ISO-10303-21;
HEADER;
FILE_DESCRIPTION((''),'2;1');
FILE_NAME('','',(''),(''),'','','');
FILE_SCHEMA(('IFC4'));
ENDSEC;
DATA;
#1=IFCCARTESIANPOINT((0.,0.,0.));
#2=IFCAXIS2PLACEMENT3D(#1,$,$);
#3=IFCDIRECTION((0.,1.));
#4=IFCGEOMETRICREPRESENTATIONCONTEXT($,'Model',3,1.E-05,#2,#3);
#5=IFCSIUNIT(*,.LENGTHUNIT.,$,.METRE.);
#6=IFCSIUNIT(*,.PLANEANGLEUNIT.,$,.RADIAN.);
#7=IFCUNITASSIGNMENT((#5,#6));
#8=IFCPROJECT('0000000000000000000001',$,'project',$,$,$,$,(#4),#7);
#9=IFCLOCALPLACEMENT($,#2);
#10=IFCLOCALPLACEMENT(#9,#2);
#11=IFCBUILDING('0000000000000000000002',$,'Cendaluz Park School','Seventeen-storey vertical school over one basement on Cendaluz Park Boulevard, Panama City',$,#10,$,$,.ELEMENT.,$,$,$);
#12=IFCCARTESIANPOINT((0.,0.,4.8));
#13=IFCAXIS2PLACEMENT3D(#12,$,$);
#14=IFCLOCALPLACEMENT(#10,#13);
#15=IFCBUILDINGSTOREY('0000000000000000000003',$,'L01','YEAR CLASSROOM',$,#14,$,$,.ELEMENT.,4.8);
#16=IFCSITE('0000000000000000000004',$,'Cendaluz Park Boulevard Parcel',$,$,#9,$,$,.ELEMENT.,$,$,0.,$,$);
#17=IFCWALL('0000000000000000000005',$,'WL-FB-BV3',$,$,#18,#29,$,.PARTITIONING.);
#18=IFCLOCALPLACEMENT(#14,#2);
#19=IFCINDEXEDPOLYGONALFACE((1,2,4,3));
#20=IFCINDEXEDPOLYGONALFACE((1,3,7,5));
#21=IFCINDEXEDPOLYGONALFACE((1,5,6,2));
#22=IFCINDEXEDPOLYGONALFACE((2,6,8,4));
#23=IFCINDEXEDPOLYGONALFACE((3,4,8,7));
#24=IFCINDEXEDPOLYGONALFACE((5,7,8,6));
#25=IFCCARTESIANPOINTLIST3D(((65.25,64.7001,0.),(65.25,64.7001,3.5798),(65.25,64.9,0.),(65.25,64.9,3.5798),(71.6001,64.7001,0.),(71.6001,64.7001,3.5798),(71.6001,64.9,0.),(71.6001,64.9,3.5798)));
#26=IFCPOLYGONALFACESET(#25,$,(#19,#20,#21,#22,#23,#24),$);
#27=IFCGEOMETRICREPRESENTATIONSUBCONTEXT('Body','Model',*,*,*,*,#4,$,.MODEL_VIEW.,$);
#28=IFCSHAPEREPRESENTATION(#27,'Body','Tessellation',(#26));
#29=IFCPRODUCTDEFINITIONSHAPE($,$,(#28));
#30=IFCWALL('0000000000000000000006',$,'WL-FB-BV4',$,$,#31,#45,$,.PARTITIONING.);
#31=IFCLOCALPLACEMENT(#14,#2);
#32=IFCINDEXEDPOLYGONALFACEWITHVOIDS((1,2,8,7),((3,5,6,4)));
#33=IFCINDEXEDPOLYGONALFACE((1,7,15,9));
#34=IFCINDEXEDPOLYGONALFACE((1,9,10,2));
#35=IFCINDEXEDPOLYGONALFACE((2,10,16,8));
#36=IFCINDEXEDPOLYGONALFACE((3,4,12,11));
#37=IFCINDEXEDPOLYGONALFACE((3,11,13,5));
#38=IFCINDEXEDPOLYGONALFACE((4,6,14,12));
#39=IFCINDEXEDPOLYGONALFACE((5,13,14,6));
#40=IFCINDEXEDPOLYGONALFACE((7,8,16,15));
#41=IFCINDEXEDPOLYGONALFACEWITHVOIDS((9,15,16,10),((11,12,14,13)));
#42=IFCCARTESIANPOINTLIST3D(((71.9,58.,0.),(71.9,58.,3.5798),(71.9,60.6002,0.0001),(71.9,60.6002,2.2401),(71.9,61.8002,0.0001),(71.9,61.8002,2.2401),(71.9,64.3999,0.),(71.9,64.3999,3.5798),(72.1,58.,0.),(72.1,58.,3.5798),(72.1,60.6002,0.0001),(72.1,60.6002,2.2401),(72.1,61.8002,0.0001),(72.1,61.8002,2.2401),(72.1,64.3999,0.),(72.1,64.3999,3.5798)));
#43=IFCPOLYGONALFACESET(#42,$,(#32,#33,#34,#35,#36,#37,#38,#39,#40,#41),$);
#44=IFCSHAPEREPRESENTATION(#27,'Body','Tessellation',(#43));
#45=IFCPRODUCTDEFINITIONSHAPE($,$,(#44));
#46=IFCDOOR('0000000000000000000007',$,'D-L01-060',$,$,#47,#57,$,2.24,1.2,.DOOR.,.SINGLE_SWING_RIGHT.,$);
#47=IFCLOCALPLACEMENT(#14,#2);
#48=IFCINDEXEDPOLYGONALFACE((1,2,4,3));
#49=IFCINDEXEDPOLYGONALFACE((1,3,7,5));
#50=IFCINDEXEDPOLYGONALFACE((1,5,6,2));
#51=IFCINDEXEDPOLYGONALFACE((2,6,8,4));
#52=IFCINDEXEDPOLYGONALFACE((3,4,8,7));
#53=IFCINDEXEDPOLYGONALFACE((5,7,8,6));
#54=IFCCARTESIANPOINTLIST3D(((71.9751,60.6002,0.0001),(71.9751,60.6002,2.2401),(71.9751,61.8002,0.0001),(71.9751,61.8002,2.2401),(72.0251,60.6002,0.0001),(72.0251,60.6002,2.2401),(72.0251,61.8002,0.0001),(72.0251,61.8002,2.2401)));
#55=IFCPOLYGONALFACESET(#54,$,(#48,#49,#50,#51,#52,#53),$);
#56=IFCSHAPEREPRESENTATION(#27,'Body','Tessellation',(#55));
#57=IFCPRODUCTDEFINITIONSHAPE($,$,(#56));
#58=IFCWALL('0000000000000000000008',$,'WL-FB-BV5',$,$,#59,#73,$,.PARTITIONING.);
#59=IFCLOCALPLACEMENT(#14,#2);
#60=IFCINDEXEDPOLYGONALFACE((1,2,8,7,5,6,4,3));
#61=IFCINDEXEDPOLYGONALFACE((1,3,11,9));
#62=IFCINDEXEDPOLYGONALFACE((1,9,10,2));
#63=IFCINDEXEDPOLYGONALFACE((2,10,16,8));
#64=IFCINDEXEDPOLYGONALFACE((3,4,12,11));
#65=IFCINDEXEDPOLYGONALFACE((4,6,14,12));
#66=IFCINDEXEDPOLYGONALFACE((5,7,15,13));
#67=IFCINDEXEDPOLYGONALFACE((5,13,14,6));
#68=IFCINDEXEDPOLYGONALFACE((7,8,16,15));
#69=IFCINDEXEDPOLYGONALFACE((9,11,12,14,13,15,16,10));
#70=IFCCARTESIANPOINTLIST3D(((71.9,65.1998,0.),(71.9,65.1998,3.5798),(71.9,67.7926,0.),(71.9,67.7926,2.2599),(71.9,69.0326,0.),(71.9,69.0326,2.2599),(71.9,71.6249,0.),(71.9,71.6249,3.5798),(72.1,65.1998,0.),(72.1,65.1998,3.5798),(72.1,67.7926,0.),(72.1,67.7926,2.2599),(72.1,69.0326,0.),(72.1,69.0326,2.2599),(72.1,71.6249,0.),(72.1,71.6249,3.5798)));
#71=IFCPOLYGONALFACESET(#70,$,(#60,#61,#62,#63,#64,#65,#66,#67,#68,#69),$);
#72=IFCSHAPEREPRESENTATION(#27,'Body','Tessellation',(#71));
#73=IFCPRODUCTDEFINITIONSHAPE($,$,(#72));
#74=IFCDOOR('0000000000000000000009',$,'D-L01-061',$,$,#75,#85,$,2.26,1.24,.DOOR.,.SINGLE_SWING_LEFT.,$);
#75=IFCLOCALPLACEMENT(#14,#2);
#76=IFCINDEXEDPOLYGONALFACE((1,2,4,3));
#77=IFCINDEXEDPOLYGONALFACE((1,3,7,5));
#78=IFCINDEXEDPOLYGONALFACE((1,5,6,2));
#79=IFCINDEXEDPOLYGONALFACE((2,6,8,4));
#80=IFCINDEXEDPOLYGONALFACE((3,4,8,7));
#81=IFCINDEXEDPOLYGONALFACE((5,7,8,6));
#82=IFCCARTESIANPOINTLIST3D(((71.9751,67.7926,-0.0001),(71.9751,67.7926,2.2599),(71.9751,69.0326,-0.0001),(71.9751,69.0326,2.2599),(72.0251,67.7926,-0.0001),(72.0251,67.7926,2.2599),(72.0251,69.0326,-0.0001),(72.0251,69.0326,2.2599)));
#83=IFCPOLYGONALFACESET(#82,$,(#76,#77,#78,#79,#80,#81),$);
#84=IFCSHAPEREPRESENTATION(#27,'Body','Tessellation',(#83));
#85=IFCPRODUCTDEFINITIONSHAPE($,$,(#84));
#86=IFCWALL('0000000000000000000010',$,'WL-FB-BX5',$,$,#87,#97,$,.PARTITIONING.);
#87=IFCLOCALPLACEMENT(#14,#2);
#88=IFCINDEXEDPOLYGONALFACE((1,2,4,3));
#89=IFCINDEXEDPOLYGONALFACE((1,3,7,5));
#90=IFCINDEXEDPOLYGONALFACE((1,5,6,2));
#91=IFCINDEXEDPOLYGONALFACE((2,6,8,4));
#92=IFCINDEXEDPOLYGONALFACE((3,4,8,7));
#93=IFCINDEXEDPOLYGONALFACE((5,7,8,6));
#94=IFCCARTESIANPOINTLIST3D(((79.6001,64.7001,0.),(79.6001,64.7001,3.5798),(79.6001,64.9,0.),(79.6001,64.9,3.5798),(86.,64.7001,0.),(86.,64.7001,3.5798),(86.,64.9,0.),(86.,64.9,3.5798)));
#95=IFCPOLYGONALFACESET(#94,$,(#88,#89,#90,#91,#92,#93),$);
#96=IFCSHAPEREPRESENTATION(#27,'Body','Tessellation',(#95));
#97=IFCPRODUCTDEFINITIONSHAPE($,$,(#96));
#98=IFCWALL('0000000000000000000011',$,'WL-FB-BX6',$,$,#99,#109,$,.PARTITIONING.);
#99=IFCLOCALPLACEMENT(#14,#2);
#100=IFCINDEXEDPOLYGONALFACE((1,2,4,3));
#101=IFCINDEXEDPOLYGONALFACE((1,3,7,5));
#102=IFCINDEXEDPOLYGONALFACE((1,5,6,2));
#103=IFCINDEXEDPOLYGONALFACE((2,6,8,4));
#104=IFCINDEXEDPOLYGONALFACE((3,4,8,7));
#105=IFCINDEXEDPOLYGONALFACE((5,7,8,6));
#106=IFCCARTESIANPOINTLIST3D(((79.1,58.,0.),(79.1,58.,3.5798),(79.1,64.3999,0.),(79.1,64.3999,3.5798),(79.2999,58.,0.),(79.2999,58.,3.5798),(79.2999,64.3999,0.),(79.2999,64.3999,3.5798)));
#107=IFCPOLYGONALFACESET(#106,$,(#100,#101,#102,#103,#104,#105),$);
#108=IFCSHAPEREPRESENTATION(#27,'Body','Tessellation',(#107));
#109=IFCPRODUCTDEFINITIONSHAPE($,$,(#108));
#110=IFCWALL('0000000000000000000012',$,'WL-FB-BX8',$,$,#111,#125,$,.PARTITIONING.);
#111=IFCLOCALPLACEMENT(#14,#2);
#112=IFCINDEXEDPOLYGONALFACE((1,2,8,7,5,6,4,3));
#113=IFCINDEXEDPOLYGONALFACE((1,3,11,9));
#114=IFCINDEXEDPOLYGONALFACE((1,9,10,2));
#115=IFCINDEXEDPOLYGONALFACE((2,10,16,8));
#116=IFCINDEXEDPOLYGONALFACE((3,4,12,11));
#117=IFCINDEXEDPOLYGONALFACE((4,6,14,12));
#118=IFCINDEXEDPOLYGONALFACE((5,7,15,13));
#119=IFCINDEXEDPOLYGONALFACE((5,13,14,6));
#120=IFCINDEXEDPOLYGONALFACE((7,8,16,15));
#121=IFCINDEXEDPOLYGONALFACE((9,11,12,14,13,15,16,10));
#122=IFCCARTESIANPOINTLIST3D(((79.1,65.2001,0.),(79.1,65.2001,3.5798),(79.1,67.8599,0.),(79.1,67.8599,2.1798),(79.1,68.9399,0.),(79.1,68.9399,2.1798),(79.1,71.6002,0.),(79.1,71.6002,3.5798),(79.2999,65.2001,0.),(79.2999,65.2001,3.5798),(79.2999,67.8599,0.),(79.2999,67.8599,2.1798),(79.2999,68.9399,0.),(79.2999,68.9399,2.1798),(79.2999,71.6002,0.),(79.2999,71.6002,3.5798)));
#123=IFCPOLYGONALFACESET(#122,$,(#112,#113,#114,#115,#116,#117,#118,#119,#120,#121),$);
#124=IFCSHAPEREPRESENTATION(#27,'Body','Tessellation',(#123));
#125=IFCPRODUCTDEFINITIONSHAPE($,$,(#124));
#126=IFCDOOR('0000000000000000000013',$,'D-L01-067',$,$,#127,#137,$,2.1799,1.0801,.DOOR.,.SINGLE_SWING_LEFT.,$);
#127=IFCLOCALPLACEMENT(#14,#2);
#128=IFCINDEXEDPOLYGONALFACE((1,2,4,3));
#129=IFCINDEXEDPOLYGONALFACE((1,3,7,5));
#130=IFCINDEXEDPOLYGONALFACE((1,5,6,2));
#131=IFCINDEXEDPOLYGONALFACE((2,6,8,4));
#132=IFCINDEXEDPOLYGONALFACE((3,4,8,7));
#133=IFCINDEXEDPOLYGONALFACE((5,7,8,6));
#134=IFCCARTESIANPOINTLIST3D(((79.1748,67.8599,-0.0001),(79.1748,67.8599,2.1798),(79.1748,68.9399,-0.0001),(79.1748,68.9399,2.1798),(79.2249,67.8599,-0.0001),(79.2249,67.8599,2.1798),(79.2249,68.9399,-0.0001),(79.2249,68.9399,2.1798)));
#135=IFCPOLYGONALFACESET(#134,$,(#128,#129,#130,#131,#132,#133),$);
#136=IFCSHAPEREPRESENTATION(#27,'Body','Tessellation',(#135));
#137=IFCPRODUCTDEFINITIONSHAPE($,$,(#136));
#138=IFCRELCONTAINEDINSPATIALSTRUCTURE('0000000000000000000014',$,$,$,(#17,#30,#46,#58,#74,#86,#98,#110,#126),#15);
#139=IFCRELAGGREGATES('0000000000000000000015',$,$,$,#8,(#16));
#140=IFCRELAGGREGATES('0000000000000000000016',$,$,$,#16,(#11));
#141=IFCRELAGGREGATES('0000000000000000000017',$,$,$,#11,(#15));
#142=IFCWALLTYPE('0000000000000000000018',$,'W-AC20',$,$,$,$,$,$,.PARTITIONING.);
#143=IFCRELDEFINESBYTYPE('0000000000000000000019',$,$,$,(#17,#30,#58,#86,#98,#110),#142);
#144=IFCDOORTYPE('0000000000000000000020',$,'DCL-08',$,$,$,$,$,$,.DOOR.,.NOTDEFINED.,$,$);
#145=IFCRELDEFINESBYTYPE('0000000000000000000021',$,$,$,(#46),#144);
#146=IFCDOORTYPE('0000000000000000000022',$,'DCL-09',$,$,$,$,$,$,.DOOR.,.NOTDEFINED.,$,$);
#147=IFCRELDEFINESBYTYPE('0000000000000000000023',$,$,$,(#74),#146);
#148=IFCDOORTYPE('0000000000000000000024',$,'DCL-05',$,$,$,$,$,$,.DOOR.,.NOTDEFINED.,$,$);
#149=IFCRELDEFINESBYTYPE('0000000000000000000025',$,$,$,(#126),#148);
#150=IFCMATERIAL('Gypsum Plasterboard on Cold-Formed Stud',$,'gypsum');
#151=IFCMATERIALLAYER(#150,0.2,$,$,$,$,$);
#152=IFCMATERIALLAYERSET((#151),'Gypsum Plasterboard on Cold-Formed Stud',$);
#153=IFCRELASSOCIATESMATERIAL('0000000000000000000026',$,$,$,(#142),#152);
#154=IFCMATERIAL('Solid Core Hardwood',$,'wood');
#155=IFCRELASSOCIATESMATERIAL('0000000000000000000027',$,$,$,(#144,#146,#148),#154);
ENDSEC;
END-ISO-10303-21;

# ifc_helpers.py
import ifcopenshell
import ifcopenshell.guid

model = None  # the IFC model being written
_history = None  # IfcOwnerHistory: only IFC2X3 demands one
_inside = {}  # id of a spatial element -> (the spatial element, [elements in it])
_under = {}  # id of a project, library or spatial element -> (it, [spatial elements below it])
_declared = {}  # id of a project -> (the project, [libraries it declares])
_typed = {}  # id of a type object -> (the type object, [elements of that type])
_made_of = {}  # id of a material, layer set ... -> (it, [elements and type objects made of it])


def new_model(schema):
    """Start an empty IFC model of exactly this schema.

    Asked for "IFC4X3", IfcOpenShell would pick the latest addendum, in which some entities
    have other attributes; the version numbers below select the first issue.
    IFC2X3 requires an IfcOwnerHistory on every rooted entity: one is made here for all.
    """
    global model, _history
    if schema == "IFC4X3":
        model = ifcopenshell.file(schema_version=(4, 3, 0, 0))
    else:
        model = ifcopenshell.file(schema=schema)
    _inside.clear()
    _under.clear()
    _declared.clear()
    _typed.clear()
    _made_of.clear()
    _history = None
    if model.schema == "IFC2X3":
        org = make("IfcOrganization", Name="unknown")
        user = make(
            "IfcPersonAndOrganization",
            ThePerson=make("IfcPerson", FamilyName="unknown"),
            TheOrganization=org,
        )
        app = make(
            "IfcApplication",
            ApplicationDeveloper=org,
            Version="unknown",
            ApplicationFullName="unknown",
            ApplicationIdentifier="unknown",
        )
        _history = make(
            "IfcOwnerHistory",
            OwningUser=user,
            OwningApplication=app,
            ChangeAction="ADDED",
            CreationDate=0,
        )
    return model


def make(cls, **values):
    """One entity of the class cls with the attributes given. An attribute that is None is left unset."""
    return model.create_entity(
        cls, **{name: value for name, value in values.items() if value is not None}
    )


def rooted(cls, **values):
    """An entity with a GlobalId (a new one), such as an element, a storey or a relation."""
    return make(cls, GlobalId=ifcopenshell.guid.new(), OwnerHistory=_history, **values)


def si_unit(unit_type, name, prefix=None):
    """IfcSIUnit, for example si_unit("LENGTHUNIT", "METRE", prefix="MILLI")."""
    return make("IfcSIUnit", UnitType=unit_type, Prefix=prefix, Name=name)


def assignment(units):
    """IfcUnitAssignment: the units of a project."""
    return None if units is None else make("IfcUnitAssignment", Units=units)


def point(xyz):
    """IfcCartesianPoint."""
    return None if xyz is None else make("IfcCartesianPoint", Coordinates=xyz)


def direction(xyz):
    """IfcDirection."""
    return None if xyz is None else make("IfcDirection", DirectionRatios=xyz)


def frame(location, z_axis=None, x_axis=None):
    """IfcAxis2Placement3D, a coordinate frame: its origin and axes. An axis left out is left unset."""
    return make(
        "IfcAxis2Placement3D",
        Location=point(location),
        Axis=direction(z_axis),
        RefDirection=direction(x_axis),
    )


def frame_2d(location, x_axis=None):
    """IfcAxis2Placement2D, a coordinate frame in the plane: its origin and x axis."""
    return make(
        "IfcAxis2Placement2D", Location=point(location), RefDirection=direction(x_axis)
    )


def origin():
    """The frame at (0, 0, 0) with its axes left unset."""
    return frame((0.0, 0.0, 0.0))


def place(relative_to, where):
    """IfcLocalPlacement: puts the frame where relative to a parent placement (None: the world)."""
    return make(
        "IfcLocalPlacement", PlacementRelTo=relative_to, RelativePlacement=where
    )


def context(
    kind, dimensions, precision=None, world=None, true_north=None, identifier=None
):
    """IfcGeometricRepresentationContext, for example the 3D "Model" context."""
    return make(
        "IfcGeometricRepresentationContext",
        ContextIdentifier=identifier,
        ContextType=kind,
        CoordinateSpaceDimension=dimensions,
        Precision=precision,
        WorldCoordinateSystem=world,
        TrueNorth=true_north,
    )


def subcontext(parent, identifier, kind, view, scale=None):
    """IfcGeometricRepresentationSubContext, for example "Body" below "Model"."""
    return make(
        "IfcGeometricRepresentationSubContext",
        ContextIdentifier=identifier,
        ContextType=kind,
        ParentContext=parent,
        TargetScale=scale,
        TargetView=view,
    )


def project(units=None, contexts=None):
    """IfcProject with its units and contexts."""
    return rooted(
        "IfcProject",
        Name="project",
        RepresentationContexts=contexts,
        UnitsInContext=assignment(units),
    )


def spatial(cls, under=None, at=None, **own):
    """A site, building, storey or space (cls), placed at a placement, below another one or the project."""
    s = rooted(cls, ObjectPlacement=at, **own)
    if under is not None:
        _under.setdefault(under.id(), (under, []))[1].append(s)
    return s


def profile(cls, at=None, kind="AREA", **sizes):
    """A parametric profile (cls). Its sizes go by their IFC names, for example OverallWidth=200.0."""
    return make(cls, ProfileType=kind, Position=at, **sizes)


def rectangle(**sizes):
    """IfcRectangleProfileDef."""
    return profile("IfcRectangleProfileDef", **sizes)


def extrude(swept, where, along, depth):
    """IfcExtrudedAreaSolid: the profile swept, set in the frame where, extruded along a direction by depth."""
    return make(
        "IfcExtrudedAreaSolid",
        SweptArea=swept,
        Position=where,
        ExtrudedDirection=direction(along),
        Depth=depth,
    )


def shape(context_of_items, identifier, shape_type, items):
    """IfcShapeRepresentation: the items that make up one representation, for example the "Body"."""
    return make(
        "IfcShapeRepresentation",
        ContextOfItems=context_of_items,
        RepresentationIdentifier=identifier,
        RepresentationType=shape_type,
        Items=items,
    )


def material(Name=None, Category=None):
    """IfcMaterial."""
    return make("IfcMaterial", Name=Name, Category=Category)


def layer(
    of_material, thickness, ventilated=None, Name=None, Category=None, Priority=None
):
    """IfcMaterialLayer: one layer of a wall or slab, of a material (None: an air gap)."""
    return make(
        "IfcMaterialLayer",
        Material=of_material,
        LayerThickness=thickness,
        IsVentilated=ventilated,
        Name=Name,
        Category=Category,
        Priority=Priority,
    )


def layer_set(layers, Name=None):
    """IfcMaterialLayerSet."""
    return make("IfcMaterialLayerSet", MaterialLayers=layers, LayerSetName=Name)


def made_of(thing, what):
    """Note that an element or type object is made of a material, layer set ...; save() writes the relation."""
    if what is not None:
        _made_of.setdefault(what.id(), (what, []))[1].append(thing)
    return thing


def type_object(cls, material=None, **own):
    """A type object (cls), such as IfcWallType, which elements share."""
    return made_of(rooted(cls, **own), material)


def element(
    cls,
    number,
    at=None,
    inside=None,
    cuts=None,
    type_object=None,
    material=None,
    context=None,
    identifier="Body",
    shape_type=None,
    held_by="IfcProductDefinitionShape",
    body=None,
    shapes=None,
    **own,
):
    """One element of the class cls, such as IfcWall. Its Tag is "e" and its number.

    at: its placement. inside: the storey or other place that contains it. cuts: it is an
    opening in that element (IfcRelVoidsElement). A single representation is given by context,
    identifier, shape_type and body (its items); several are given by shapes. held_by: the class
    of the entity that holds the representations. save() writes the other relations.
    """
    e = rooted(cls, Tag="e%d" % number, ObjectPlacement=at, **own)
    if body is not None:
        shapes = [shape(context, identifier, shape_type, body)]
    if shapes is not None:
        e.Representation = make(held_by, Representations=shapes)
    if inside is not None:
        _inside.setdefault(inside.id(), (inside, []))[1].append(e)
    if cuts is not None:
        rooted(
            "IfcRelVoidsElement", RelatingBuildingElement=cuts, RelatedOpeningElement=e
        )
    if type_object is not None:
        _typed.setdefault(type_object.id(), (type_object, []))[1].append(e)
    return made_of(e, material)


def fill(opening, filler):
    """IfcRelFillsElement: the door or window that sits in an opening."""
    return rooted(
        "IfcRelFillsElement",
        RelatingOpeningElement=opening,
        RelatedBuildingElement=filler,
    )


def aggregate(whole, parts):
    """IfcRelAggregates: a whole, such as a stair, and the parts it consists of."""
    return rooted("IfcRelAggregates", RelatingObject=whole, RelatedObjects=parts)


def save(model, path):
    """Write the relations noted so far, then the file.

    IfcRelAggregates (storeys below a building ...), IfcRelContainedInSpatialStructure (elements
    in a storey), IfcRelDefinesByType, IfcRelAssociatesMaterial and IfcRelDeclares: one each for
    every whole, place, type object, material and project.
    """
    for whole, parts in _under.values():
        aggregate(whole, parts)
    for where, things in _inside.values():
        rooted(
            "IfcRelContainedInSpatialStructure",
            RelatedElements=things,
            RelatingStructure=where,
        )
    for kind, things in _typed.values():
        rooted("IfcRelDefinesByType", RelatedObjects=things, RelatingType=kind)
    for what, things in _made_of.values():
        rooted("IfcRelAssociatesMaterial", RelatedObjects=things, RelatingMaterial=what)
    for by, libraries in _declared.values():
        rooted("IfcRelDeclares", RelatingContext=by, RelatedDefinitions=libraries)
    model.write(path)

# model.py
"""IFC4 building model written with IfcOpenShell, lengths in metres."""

from ifc_helpers import new_model, si_unit, direction, frame, frame_2d, origin, place, context, subcontext, project, spatial, rectangle, extrude, material, layer, layer_set, type_object, element, fill, save


model = new_model("IFC4")

# Units and contexts
model_context = context("Model", 3, precision=1e-05, world=origin(), true_north=direction((0.0, 1.0)))
body_context = subcontext(model_context, "Body", "Model", "MODEL_VIEW")
ifc_project = project(units=[si_unit("LENGTHUNIT", "METRE"), si_unit("PLANEANGLEUNIT", "RADIAN")], contexts=[model_context])

# Site, building, storey
site_placement = place(None, origin())
site = spatial("IfcSite", under=ifc_project, at=site_placement, Name="Cendaluz Park Boulevard Parcel", CompositionType="ELEMENT", RefElevation=0.0)
building_placement = place(site_placement, origin())
building = spatial("IfcBuilding", under=site, at=building_placement, Name="Cendaluz Park School", Description="Seventeen-storey vertical school over one basement on Cendaluz Park Boulevard, Panama City", CompositionType="ELEMENT")
storey_placement = place(building_placement, frame((0.0, 0.0, 4.8)))
storey = spatial("IfcBuildingStorey", under=building, at=storey_placement, Name="L01", Description="YEAR CLASSROOM", CompositionType="ELEMENT", Elevation=4.8)

# Wall
ifc_material_1 = material(Name="Gypsum Plasterboard on Cold-Formed Stud", Category="gypsum")
ifc_layer_1 = layer(ifc_material_1, 0.2)
ifc_layer_set_1 = layer_set([ifc_layer_1], Name="Gypsum Plasterboard on Cold-Formed Stud")
wall_type = type_object("IfcWallType", Name="W-AC20", PredefinedType="PARTITIONING", material=ifc_layer_set_1)
wall_1_placement = place(storey_placement, frame((65.25, 64.8, 0.0), z_axis=(0.0, 0.0, 1.0), x_axis=(1.0, 0.0, 0.0)))
element("IfcWall", 1, at=wall_1_placement, inside=storey, type_object=wall_type, Name="WL-FB-BV3", PredefinedType="PARTITIONING", context=body_context, shape_type="SweptSolid", body=[
    extrude(rectangle(XDim=6.3501, YDim=0.2, at=frame_2d((3.175, 0.0))), origin(), (0.0, 0.0, 1.0), 3.5798),
])

# Walls, openings, doors
wall_2_placement = place(storey_placement, frame((72.0, 58.0, 0.0), z_axis=(0.0, 0.0, 1.0), x_axis=(0.0, 1.0, 0.0)))
wall_2 = element("IfcWall", 2, at=wall_2_placement, inside=storey, type_object=wall_type, Name="WL-FB-BV4", PredefinedType="PARTITIONING", context=body_context, shape_type="SweptSolid", body=[
    extrude(rectangle(XDim=6.3999, YDim=0.2, at=frame_2d((3.2, 0.0))), origin(), (0.0, 0.0, 1.0), 3.5798),
])
opening_1_placement = place(wall_2_placement, frame((2.6001, 0.0, 0.0)))
opening_1 = element("IfcOpeningElement", 3, at=opening_1_placement, cuts=wall_2, PredefinedType="OPENING", context=body_context, shape_type="SweptSolid", body=[
    extrude(rectangle(XDim=1.2, YDim=2.24, at=frame_2d((0.6001, 1.1201))), frame((0.0, 0.1121, 0.0), z_axis=(0.0, -1.0, 0.0), x_axis=(1.0, 0.0, 0.0)), (0.0, 0.0, 1.0), 0.2239),
])
ifc_material_2 = material(Name="Solid Core Hardwood", Category="wood")
door_type_1 = type_object("IfcDoorType", Name="DCL-08", OperationType="NOTDEFINED", PredefinedType="DOOR", material=ifc_material_2)
door_1_placement = place(opening_1_placement, origin())
door_1 = element("IfcDoor", 4, at=door_1_placement, inside=storey, type_object=door_type_1, Name="D-L01-060", OperationType="SINGLE_SWING_RIGHT", OverallHeight=2.24, OverallWidth=1.2, PredefinedType="DOOR", context=body_context, shape_type="SweptSolid", body=[
    extrude(rectangle(XDim=1.2, YDim=2.24, at=frame_2d((0.6001, 1.1201))), frame((0.0, 0.0249, 0.0), z_axis=(0.0, -1.0, 0.0), x_axis=(1.0, 0.0, 0.0)), (0.0, 0.0, 1.0), 0.05),
])
fill(opening_1, door_1)
wall_3_placement = place(storey_placement, frame((72.0, 65.2, 0.0), z_axis=(0.0, 0.0, 1.0), x_axis=(0.0, 1.0, 0.0)))
wall_3 = element("IfcWall", 5, at=wall_3_placement, inside=storey, type_object=wall_type, Name="WL-FB-BV5", PredefinedType="PARTITIONING", context=body_context, shape_type="SweptSolid", body=[
    extrude(rectangle(XDim=6.425, YDim=0.2, at=frame_2d((3.2124, 0.0))), origin(), (0.0, 0.0, 1.0), 3.5798),
])
opening_2_placement = place(wall_3_placement, frame((2.5925, 0.0, 0.0)))
opening_2 = element("IfcOpeningElement", 6, at=opening_2_placement, cuts=wall_3, PredefinedType="OPENING", context=body_context, shape_type="SweptSolid", body=[
    extrude(rectangle(XDim=1.24, YDim=2.26, at=frame_2d((0.6201, 1.1299))), frame((0.0, 0.1121, 0.0), z_axis=(0.0, -1.0, 0.0), x_axis=(1.0, 0.0, 0.0)), (0.0, 0.0, 1.0), 0.2239),
])
door_type_2 = type_object("IfcDoorType", Name="DCL-09", OperationType="NOTDEFINED", PredefinedType="DOOR", material=ifc_material_2)
door_2_placement = place(opening_2_placement, origin())
door_2 = element("IfcDoor", 7, at=door_2_placement, inside=storey, type_object=door_type_2, Name="D-L01-061", OperationType="SINGLE_SWING_LEFT", OverallHeight=2.26, OverallWidth=1.24, PredefinedType="DOOR", context=body_context, shape_type="SweptSolid", body=[
    extrude(rectangle(XDim=1.24, YDim=2.26, at=frame_2d((0.6201, 1.1299))), frame((0.0, 0.0249, 0.0), z_axis=(0.0, -1.0, 0.0), x_axis=(1.0, 0.0, 0.0)), (0.0, 0.0, 1.0), 0.05),
])
fill(opening_2, door_2)

# Walls
for number, where, z_axis, x_axis, name in (
    (8, (79.6001, 64.8, 0.0), (0.0, 0.0, 1.0), (1.0, 0.0, 0.0), "WL-FB-BX5"),
    (9, (79.2, 58.0, 0.0), (0.0, 0.0, 1.0), (0.0, 1.0, 0.0), "WL-FB-BX6"),
):
    element("IfcWall", number, at=place(storey_placement, frame(where, z_axis=z_axis, x_axis=x_axis)), inside=storey, type_object=wall_type, Name=name, PredefinedType="PARTITIONING", context=body_context, shape_type="SweptSolid", body=[
        extrude(rectangle(XDim=6.3999, YDim=0.2, at=frame_2d((3.2, 0.0))), origin(), (0.0, 0.0, 1.0), 3.5798),
    ])

# Wall, opening, door
wall_4_placement = place(storey_placement, frame((79.2, 65.2, 0.0), z_axis=(0.0, 0.0, 1.0), x_axis=(0.0, 1.0, 0.0)))
wall_4 = element("IfcWall", 10, at=wall_4_placement, inside=storey, type_object=wall_type, Name="WL-FB-BX8", PredefinedType="PARTITIONING", context=body_context, shape_type="SweptSolid", body=[
    extrude(rectangle(XDim=6.4001, YDim=0.2, at=frame_2d((3.2002, 0.0))), origin(), (0.0, 0.0, 1.0), 3.5798),
])
opening_3_placement = place(wall_4_placement, frame((2.6599, 0.0, 0.0)))
opening_3 = element("IfcOpeningElement", 11, at=opening_3_placement, cuts=wall_4, PredefinedType="OPENING", context=body_context, shape_type="SweptSolid", body=[
    extrude(rectangle(XDim=1.0801, YDim=2.1799, at=frame_2d((0.54, 1.0898))), frame((0.0, 0.1121, 0.0), z_axis=(0.0, -1.0, 0.0), x_axis=(1.0, 0.0, 0.0)), (0.0, 0.0, 1.0), 0.2239),
])
door_type_3 = type_object("IfcDoorType", Name="DCL-05", OperationType="NOTDEFINED", PredefinedType="DOOR", material=ifc_material_2)
door_3_placement = place(opening_3_placement, frame((1.0801, 0.0, 0.0), z_axis=(0.0, 0.0, 1.0), x_axis=(-1.0, 0.0, 0.0)))
door_3 = element("IfcDoor", 12, at=door_3_placement, inside=storey, type_object=door_type_3, Name="D-L01-067", OperationType="SINGLE_SWING_LEFT", OverallHeight=2.1799, OverallWidth=1.0801, PredefinedType="DOOR", context=body_context, shape_type="SweptSolid", body=[
    extrude(rectangle(XDim=1.0801, YDim=2.1799, at=frame_2d((0.54, 1.0898))), frame((0.0, 0.0249, 0.0), z_axis=(0.0, -1.0, 0.0), x_axis=(1.0, 0.0, 0.0)), (0.0, 0.0, 1.0), 0.05),
])
fill(opening_3, door_3)

save(model, "model.ifc")
